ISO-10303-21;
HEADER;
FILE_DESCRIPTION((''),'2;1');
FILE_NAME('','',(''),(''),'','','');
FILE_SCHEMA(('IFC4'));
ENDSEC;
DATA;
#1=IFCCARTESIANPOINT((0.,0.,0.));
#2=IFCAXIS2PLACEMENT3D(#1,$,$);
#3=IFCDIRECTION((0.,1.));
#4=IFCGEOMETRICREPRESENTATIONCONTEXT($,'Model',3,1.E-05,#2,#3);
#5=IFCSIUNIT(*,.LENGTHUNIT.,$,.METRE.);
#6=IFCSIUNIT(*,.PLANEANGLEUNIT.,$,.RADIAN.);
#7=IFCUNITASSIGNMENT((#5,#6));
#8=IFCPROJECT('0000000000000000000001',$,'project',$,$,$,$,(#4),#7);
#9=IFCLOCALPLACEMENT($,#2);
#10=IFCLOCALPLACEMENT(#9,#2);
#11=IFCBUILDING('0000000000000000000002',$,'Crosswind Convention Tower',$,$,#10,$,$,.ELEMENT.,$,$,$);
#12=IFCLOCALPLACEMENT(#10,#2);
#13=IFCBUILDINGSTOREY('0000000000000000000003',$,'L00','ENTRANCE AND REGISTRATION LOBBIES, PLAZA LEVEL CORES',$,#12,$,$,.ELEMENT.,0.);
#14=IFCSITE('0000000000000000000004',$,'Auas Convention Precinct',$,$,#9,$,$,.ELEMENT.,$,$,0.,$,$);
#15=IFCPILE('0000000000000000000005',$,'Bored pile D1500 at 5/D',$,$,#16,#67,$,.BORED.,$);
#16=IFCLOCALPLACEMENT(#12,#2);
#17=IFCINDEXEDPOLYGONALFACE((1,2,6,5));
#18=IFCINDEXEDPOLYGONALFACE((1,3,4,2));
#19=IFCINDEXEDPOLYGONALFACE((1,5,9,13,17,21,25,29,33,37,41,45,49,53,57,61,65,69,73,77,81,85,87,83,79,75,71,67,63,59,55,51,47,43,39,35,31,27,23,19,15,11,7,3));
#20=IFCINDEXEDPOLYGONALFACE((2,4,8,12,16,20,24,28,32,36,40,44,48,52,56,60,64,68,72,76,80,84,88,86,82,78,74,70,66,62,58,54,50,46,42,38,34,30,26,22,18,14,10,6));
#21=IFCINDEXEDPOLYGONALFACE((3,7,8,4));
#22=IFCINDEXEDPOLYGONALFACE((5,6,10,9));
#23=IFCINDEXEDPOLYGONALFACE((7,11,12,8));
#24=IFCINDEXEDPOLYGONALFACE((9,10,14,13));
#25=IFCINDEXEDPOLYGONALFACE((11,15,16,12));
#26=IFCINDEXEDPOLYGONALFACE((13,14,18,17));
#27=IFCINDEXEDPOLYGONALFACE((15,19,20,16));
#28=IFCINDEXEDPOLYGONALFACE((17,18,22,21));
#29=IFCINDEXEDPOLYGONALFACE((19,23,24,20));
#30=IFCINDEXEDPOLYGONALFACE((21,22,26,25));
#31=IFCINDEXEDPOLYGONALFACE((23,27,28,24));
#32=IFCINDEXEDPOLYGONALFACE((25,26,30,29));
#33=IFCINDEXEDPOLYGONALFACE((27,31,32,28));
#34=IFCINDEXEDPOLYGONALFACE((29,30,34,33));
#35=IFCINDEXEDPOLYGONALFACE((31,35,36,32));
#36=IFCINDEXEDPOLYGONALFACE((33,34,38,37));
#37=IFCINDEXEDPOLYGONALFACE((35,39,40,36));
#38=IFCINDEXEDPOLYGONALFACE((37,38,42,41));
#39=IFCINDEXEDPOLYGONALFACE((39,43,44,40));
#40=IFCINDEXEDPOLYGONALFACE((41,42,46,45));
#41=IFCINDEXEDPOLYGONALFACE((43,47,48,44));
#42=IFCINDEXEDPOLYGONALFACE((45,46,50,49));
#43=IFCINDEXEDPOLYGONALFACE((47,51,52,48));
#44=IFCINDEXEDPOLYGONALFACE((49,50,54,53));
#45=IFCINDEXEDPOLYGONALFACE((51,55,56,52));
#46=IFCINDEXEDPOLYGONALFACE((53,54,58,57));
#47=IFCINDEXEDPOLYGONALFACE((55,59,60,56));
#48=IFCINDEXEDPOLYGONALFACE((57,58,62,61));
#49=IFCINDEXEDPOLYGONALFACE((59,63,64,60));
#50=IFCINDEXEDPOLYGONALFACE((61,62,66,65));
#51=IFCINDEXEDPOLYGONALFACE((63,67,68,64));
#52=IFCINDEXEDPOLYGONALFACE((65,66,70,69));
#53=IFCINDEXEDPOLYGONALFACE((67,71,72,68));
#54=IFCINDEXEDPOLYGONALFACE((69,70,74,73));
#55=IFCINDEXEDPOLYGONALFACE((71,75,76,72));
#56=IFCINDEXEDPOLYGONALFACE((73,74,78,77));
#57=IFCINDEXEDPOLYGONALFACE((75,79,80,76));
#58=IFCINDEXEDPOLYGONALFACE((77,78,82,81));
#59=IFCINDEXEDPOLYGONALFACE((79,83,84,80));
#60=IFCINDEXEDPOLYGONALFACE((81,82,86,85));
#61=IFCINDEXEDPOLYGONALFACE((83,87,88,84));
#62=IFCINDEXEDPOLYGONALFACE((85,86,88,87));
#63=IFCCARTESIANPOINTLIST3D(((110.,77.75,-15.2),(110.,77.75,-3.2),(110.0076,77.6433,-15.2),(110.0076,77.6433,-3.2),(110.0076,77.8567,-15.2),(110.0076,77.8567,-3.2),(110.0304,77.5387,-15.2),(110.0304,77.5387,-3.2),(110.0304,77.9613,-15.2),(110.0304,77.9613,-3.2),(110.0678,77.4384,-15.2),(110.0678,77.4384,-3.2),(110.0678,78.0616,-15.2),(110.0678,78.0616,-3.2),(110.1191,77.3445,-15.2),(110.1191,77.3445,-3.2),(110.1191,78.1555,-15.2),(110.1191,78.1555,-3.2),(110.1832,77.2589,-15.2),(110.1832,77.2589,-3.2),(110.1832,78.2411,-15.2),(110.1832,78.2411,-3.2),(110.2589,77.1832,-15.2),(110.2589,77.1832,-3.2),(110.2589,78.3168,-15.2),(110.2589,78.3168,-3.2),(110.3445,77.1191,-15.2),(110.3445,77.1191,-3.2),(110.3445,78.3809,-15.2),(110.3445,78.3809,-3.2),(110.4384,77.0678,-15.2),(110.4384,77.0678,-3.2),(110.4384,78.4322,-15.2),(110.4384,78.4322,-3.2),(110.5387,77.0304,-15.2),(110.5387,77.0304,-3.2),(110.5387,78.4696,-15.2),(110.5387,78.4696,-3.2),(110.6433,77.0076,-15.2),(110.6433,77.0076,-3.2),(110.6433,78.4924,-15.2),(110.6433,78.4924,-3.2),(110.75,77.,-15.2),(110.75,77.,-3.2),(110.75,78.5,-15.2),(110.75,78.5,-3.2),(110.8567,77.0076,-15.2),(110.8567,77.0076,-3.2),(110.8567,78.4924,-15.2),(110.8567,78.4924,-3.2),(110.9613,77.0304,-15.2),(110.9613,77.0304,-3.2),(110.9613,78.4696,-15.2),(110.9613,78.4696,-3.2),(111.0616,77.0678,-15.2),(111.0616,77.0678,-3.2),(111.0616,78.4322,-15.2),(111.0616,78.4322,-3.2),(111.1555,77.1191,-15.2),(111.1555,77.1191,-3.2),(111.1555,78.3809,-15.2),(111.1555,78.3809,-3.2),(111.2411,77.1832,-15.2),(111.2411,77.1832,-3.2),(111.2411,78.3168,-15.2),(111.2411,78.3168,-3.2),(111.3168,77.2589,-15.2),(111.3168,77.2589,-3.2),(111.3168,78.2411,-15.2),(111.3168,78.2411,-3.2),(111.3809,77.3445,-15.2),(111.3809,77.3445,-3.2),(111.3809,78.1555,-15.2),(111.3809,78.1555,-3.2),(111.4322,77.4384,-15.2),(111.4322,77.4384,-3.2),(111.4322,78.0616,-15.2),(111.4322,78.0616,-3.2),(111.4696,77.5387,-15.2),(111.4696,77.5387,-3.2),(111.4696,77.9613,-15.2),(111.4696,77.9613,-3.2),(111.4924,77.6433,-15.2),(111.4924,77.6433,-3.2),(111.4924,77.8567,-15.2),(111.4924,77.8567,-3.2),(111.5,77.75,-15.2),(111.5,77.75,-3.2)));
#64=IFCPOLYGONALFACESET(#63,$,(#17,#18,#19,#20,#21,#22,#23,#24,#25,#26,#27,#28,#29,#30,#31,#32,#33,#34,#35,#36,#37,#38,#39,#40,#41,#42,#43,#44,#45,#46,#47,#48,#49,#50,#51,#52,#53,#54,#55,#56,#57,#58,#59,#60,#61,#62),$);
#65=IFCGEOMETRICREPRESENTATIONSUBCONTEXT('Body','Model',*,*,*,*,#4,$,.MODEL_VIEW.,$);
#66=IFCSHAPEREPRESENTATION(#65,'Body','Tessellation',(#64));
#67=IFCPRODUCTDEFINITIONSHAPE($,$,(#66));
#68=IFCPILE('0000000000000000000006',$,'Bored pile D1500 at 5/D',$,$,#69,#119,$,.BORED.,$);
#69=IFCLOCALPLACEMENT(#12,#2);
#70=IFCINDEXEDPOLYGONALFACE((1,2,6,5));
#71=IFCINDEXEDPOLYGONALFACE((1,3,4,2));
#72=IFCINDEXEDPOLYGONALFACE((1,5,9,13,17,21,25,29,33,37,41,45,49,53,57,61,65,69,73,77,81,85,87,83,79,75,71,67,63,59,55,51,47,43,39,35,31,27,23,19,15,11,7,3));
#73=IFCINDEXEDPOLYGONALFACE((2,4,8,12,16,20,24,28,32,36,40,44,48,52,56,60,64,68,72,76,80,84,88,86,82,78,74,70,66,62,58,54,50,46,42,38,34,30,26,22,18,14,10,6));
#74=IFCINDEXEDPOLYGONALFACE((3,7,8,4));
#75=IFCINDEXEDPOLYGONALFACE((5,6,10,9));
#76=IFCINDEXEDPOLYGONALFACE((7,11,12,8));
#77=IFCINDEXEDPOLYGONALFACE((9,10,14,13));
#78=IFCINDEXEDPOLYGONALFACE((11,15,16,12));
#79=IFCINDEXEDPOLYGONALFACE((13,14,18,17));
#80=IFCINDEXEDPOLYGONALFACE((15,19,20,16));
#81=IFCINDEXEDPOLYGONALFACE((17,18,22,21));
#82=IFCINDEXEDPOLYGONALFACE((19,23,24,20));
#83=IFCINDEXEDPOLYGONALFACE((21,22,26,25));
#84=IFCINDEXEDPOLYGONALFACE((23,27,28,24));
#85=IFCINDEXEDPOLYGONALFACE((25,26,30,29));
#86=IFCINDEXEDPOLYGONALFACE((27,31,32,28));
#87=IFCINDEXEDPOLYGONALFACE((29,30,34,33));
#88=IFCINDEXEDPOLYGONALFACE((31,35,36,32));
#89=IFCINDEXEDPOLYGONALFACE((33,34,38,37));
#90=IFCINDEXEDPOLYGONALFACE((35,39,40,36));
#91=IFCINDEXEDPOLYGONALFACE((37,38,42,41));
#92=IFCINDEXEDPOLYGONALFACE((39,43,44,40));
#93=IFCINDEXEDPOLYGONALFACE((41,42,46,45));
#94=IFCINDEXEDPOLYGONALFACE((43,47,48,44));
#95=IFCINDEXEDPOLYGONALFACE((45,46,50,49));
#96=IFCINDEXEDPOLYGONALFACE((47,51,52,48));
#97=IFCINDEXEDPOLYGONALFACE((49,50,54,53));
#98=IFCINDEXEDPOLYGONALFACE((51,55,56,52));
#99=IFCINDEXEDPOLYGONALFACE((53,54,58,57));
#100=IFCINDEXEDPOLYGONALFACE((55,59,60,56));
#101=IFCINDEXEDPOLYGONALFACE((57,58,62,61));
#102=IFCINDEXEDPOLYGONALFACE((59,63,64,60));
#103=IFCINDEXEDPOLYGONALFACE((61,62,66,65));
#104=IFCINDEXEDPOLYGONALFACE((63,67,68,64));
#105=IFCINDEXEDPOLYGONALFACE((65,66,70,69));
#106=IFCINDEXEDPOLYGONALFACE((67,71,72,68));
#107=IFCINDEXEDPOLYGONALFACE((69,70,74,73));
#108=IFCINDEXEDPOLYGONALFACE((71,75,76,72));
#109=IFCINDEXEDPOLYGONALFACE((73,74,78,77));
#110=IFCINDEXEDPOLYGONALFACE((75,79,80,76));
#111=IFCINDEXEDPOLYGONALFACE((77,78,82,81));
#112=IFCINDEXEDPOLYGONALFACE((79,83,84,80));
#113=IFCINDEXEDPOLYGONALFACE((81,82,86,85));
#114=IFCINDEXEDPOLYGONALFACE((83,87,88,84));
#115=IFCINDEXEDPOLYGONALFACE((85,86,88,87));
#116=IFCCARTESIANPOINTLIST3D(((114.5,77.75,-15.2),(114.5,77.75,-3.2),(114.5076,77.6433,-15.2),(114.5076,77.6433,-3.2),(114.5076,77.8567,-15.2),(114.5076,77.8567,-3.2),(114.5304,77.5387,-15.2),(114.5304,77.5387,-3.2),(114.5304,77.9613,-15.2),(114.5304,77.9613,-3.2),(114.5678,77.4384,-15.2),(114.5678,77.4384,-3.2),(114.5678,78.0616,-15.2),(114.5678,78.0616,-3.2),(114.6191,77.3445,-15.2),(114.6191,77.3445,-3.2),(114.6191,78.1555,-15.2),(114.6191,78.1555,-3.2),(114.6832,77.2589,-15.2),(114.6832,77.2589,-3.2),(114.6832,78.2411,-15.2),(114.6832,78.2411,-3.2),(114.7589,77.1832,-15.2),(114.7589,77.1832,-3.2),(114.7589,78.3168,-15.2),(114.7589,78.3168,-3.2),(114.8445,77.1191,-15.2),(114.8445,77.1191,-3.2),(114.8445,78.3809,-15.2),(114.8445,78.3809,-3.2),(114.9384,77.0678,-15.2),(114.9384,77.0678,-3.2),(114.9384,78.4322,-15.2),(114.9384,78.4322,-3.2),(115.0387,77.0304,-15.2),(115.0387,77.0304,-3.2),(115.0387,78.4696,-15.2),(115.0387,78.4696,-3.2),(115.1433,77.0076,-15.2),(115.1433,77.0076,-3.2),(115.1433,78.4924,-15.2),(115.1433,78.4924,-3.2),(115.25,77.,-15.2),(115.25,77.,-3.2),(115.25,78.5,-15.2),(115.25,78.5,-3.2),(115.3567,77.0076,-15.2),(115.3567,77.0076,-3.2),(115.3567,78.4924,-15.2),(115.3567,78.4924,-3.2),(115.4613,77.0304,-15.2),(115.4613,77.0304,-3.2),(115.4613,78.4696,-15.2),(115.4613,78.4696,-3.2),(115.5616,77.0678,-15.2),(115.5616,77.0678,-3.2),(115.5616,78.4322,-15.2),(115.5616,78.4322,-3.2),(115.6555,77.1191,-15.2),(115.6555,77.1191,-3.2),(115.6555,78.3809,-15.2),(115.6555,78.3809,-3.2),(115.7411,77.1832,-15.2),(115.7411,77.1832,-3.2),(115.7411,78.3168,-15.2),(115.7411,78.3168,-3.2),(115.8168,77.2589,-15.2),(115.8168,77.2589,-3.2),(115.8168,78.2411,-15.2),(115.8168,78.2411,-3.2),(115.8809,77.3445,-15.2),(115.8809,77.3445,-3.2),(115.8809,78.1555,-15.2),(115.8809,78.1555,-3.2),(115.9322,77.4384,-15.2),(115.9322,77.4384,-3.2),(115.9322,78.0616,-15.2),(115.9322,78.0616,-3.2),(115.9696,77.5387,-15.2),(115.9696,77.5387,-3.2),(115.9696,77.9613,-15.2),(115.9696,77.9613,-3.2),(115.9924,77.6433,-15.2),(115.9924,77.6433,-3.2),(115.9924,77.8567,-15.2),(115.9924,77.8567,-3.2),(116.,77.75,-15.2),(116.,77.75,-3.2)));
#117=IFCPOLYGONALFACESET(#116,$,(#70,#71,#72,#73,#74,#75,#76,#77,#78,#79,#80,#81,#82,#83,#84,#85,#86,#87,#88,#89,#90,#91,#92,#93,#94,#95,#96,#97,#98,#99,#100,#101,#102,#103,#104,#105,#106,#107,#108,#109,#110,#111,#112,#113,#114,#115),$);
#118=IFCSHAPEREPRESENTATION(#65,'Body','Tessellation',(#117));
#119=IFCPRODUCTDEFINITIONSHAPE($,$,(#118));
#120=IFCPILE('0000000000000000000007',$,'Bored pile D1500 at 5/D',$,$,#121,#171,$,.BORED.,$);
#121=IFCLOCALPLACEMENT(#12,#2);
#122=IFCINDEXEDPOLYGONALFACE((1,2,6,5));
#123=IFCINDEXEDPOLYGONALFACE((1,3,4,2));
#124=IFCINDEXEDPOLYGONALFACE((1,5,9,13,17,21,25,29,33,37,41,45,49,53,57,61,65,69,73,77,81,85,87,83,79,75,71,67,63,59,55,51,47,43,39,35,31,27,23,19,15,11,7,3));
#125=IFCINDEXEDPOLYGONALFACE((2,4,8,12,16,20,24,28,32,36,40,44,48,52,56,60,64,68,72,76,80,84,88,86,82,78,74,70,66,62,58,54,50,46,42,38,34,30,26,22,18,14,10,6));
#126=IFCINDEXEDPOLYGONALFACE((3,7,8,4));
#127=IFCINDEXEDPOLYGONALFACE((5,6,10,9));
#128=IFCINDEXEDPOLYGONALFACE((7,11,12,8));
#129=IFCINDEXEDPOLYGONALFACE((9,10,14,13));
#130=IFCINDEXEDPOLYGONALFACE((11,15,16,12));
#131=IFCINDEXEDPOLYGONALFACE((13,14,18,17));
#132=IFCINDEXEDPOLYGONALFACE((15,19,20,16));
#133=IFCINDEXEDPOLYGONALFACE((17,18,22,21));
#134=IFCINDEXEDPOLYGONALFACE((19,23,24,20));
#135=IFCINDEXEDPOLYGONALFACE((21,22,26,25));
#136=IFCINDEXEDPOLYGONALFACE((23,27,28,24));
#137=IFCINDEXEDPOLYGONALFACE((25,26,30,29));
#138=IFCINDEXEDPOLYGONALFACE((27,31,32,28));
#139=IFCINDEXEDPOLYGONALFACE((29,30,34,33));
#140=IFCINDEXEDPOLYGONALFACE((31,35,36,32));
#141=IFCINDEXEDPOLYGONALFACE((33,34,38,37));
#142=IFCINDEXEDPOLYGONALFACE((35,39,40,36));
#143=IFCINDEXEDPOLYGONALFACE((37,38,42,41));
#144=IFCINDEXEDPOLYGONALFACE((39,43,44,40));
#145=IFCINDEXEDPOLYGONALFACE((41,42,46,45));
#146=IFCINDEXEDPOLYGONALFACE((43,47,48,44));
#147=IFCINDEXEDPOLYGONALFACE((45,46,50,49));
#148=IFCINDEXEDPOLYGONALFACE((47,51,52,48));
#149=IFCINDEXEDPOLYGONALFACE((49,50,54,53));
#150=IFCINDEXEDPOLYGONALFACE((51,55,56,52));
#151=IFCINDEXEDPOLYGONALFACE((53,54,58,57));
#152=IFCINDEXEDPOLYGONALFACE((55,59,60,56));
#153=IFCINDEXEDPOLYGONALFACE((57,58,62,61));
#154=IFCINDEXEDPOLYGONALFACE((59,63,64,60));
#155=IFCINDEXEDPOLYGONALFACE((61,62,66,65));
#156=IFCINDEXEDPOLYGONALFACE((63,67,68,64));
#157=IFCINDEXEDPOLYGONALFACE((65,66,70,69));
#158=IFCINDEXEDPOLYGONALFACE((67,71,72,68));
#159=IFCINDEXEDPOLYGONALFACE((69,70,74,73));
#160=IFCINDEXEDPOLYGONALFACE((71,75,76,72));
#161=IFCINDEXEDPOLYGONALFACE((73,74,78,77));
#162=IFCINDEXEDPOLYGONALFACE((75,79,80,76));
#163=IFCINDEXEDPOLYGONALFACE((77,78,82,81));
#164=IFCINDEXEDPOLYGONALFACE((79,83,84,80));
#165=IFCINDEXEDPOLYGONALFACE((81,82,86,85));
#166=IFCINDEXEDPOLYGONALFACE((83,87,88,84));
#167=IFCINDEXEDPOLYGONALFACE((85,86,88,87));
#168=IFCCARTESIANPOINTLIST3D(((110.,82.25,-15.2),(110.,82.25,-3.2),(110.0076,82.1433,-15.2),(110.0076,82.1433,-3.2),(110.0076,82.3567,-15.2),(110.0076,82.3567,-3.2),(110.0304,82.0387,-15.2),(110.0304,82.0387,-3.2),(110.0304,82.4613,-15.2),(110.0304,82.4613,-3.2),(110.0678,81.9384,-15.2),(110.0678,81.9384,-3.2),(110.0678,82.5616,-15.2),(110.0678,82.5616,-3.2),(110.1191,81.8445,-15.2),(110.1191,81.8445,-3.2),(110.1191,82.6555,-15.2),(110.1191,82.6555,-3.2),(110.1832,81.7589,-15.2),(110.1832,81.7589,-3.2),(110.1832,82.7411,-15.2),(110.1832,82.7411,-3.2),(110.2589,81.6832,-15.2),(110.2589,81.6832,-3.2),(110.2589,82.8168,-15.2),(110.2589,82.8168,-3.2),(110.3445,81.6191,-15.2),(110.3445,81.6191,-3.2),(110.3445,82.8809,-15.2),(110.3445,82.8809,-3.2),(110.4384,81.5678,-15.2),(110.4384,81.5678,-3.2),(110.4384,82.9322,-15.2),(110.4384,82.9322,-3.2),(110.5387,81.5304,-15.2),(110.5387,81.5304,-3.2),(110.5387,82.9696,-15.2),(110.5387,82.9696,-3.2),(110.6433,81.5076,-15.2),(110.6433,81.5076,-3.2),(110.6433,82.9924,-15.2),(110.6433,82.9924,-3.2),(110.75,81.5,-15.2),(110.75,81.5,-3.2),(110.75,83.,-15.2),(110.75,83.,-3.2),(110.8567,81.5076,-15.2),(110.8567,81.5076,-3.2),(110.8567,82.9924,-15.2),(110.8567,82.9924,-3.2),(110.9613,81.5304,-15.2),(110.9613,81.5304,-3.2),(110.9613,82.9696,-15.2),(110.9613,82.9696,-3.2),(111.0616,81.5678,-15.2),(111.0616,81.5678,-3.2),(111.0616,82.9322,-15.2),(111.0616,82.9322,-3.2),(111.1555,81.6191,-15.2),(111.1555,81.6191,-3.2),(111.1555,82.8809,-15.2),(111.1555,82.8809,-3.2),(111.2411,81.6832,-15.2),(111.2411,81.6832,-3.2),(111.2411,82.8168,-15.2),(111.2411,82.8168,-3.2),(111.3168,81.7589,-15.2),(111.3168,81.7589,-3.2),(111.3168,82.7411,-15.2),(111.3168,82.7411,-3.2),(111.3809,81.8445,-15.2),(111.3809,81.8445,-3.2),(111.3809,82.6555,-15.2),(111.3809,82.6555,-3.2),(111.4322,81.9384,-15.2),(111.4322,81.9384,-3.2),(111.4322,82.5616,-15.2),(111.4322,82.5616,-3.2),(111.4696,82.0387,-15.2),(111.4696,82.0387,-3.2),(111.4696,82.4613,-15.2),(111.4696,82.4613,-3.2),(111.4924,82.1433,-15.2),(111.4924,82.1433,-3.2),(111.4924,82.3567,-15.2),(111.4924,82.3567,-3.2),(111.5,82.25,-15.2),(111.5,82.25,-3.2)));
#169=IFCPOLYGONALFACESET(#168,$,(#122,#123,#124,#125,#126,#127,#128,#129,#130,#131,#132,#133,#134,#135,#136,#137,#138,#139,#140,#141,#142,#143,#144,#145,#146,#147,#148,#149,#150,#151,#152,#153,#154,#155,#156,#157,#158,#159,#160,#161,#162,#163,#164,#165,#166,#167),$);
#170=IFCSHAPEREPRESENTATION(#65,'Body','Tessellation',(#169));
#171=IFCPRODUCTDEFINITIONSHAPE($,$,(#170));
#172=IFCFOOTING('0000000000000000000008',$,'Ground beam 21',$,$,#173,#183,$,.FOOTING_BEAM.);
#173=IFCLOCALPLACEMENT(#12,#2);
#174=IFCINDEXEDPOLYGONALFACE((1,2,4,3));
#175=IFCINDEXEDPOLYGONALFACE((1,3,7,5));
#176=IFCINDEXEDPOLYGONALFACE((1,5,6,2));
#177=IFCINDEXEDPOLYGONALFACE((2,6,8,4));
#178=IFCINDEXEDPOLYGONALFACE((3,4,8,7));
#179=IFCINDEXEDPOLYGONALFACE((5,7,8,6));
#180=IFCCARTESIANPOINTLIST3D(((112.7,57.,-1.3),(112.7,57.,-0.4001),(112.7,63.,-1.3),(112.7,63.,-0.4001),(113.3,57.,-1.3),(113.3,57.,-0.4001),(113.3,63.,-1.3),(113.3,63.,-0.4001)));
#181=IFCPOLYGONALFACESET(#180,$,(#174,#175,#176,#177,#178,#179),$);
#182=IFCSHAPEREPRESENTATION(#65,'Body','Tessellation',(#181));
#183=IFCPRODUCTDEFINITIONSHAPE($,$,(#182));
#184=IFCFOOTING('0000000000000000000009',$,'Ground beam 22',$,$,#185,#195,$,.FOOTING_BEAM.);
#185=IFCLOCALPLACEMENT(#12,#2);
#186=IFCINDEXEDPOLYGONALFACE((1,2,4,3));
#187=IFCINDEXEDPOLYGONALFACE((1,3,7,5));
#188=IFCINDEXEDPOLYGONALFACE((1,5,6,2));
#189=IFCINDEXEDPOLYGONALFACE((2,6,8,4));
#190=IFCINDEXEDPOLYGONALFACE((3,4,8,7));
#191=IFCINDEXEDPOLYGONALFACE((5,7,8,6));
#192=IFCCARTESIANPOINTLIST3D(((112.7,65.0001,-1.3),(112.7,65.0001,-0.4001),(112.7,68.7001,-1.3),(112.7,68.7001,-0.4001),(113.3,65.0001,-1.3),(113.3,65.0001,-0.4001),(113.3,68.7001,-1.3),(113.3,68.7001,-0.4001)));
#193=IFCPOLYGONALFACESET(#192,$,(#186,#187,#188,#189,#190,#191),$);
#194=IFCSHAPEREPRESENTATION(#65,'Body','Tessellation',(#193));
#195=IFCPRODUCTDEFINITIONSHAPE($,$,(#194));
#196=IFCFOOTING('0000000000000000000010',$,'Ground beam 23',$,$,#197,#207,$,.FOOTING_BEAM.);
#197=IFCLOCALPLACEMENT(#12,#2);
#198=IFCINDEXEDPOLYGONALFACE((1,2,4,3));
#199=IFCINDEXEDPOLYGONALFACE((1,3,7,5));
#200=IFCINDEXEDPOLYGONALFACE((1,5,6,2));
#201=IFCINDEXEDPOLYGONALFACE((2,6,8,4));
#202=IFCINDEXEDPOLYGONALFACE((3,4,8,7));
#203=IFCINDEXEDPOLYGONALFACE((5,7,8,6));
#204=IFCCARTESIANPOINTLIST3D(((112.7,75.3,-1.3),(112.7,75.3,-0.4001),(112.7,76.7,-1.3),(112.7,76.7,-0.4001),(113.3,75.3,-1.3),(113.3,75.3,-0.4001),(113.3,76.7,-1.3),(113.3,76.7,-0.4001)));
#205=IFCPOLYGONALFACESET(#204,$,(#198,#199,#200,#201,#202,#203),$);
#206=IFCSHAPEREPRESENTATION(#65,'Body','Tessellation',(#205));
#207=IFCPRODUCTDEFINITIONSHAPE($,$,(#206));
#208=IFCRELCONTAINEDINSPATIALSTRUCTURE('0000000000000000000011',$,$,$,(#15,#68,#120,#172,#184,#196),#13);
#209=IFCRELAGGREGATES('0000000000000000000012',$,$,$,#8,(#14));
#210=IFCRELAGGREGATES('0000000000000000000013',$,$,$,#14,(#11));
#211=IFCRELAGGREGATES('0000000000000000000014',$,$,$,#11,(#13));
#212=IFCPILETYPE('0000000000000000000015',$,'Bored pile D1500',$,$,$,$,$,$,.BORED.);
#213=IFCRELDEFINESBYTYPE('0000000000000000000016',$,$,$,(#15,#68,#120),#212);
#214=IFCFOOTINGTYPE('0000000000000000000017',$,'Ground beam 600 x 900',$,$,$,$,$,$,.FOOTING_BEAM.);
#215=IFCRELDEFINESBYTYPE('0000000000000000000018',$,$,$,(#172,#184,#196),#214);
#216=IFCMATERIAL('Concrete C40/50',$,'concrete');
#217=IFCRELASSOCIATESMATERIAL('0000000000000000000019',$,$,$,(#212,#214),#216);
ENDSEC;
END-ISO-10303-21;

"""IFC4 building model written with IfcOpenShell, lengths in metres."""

from ifc_helpers import new_model, si_unit, direction, frame, origin, origin_2d, place, context, subcontext, project, spatial, rectangle, circle, extrude, material, material_profile, profile_set, type_object, element, save


model = new_model("IFC4")

# Units and contexts
model_context = context("Model", 3, precision=1e-05, world=origin(), true_north=direction((0.0, 1.0)))
body_context = subcontext(model_context, "Body", "Model", "MODEL_VIEW")
ifc_project = project(units=[si_unit("LENGTHUNIT", "METRE"), si_unit("PLANEANGLEUNIT", "RADIAN")], contexts=[model_context])

# Site, building, storey
site_placement = place(None, origin())
site = spatial("IfcSite", under=ifc_project, at=site_placement, Name="Auas Convention Precinct", CompositionType="ELEMENT", RefElevation=0.0)
building_placement = place(site_placement, origin())
building = spatial("IfcBuilding", under=site, at=building_placement, Name="Crosswind Convention Tower", CompositionType="ELEMENT")
storey_placement = place(building_placement, origin())
storey = spatial("IfcBuildingStorey", under=building, at=storey_placement, Name="L00", Description="ENTRANCE AND REGISTRATION LOBBIES, PLAZA LEVEL CORES", CompositionType="ELEMENT", Elevation=0.0)

# Piles
ifc_material_1 = material(Name="Concrete C40/50", Category="concrete")
ifc_material_profile_1 = material_profile(ifc_material_1, circle(Radius=0.75, at=origin_2d()), Name="Bored pile D1500")
ifc_profile_set_1 = profile_set([ifc_material_profile_1], Name="Concrete C40/50")
pile_type_1 = type_object("IfcPileType", Name="Bored pile D1500", PredefinedType="BORED", material=ifc_profile_set_1)
for number, where, z_axis, x_axis, name in (
    (1, (110.75, 77.75, -3.2), (0.0, 0.0, -1.0), (1.0, 0.0, 0.0), "Bored pile D1500 at 5/D"),
    (2, (115.25, 77.75, -3.2), (0.0, 0.0, -1.0), (1.0, 0.0, 0.0), "Bored pile D1500 at 5/D"),
    (3, (110.75, 82.25, -3.2), (0.0, 0.0, -1.0), (1.0, 0.0, 0.0), "Bored pile D1500 at 5/D"),
):
    element("IfcPile", number, at=place(storey_placement, frame(where, z_axis=z_axis, x_axis=x_axis)), inside=storey, type_object=pile_type_1, Name=name, PredefinedType="BORED", context=body_context, shape_type="SweptSolid", body=[
        extrude(circle(Radius=0.75, at=origin_2d()), origin(), (0.0, 0.0, 1.0), 12.0),
    ])

# Footings
footing_type_1 = type_object("IfcFootingType", Name="Ground beam 600 x 900", PredefinedType="FOOTING_BEAM", material=ifc_material_1)
footing_1_placement = place(storey_placement, frame((113.0, 60.0, -1.3), z_axis=(0.0, 0.0, 1.0), x_axis=(1.0, 0.0, 0.0)))
element("IfcFooting", 4, at=footing_1_placement, inside=storey, type_object=footing_type_1, Name="Ground beam 21", PredefinedType="FOOTING_BEAM", context=body_context, shape_type="SweptSolid", body=[
    extrude(rectangle(XDim=0.6001, YDim=6.0, at=origin_2d()), origin(), (0.0, 0.0, 1.0), 0.8999),
])
footing_2_placement = place(storey_placement, frame((113.0, 66.8501, -1.3), z_axis=(0.0, 0.0, 1.0), x_axis=(1.0, 0.0, 0.0)))
element("IfcFooting", 5, at=footing_2_placement, inside=storey, type_object=footing_type_1, Name="Ground beam 22", PredefinedType="FOOTING_BEAM", context=body_context, shape_type="SweptSolid", body=[
    extrude(rectangle(XDim=0.6001, YDim=3.7, at=origin_2d()), origin(), (0.0, 0.0, 1.0), 0.8999),
])
footing_3_placement = place(storey_placement, frame((113.0, 76.0, -1.3), z_axis=(0.0, 0.0, 1.0), x_axis=(1.0, 0.0, 0.0)))
element("IfcFooting", 6, at=footing_3_placement, inside=storey, type_object=footing_type_1, Name="Ground beam 23", PredefinedType="FOOTING_BEAM", context=body_context, shape_type="SweptSolid", body=[
    extrude(rectangle(XDim=0.6001, YDim=1.3999, at=origin_2d()), origin(), (0.0, 0.0, 1.0), 0.8999),
])

save(model, "model.ifc")
